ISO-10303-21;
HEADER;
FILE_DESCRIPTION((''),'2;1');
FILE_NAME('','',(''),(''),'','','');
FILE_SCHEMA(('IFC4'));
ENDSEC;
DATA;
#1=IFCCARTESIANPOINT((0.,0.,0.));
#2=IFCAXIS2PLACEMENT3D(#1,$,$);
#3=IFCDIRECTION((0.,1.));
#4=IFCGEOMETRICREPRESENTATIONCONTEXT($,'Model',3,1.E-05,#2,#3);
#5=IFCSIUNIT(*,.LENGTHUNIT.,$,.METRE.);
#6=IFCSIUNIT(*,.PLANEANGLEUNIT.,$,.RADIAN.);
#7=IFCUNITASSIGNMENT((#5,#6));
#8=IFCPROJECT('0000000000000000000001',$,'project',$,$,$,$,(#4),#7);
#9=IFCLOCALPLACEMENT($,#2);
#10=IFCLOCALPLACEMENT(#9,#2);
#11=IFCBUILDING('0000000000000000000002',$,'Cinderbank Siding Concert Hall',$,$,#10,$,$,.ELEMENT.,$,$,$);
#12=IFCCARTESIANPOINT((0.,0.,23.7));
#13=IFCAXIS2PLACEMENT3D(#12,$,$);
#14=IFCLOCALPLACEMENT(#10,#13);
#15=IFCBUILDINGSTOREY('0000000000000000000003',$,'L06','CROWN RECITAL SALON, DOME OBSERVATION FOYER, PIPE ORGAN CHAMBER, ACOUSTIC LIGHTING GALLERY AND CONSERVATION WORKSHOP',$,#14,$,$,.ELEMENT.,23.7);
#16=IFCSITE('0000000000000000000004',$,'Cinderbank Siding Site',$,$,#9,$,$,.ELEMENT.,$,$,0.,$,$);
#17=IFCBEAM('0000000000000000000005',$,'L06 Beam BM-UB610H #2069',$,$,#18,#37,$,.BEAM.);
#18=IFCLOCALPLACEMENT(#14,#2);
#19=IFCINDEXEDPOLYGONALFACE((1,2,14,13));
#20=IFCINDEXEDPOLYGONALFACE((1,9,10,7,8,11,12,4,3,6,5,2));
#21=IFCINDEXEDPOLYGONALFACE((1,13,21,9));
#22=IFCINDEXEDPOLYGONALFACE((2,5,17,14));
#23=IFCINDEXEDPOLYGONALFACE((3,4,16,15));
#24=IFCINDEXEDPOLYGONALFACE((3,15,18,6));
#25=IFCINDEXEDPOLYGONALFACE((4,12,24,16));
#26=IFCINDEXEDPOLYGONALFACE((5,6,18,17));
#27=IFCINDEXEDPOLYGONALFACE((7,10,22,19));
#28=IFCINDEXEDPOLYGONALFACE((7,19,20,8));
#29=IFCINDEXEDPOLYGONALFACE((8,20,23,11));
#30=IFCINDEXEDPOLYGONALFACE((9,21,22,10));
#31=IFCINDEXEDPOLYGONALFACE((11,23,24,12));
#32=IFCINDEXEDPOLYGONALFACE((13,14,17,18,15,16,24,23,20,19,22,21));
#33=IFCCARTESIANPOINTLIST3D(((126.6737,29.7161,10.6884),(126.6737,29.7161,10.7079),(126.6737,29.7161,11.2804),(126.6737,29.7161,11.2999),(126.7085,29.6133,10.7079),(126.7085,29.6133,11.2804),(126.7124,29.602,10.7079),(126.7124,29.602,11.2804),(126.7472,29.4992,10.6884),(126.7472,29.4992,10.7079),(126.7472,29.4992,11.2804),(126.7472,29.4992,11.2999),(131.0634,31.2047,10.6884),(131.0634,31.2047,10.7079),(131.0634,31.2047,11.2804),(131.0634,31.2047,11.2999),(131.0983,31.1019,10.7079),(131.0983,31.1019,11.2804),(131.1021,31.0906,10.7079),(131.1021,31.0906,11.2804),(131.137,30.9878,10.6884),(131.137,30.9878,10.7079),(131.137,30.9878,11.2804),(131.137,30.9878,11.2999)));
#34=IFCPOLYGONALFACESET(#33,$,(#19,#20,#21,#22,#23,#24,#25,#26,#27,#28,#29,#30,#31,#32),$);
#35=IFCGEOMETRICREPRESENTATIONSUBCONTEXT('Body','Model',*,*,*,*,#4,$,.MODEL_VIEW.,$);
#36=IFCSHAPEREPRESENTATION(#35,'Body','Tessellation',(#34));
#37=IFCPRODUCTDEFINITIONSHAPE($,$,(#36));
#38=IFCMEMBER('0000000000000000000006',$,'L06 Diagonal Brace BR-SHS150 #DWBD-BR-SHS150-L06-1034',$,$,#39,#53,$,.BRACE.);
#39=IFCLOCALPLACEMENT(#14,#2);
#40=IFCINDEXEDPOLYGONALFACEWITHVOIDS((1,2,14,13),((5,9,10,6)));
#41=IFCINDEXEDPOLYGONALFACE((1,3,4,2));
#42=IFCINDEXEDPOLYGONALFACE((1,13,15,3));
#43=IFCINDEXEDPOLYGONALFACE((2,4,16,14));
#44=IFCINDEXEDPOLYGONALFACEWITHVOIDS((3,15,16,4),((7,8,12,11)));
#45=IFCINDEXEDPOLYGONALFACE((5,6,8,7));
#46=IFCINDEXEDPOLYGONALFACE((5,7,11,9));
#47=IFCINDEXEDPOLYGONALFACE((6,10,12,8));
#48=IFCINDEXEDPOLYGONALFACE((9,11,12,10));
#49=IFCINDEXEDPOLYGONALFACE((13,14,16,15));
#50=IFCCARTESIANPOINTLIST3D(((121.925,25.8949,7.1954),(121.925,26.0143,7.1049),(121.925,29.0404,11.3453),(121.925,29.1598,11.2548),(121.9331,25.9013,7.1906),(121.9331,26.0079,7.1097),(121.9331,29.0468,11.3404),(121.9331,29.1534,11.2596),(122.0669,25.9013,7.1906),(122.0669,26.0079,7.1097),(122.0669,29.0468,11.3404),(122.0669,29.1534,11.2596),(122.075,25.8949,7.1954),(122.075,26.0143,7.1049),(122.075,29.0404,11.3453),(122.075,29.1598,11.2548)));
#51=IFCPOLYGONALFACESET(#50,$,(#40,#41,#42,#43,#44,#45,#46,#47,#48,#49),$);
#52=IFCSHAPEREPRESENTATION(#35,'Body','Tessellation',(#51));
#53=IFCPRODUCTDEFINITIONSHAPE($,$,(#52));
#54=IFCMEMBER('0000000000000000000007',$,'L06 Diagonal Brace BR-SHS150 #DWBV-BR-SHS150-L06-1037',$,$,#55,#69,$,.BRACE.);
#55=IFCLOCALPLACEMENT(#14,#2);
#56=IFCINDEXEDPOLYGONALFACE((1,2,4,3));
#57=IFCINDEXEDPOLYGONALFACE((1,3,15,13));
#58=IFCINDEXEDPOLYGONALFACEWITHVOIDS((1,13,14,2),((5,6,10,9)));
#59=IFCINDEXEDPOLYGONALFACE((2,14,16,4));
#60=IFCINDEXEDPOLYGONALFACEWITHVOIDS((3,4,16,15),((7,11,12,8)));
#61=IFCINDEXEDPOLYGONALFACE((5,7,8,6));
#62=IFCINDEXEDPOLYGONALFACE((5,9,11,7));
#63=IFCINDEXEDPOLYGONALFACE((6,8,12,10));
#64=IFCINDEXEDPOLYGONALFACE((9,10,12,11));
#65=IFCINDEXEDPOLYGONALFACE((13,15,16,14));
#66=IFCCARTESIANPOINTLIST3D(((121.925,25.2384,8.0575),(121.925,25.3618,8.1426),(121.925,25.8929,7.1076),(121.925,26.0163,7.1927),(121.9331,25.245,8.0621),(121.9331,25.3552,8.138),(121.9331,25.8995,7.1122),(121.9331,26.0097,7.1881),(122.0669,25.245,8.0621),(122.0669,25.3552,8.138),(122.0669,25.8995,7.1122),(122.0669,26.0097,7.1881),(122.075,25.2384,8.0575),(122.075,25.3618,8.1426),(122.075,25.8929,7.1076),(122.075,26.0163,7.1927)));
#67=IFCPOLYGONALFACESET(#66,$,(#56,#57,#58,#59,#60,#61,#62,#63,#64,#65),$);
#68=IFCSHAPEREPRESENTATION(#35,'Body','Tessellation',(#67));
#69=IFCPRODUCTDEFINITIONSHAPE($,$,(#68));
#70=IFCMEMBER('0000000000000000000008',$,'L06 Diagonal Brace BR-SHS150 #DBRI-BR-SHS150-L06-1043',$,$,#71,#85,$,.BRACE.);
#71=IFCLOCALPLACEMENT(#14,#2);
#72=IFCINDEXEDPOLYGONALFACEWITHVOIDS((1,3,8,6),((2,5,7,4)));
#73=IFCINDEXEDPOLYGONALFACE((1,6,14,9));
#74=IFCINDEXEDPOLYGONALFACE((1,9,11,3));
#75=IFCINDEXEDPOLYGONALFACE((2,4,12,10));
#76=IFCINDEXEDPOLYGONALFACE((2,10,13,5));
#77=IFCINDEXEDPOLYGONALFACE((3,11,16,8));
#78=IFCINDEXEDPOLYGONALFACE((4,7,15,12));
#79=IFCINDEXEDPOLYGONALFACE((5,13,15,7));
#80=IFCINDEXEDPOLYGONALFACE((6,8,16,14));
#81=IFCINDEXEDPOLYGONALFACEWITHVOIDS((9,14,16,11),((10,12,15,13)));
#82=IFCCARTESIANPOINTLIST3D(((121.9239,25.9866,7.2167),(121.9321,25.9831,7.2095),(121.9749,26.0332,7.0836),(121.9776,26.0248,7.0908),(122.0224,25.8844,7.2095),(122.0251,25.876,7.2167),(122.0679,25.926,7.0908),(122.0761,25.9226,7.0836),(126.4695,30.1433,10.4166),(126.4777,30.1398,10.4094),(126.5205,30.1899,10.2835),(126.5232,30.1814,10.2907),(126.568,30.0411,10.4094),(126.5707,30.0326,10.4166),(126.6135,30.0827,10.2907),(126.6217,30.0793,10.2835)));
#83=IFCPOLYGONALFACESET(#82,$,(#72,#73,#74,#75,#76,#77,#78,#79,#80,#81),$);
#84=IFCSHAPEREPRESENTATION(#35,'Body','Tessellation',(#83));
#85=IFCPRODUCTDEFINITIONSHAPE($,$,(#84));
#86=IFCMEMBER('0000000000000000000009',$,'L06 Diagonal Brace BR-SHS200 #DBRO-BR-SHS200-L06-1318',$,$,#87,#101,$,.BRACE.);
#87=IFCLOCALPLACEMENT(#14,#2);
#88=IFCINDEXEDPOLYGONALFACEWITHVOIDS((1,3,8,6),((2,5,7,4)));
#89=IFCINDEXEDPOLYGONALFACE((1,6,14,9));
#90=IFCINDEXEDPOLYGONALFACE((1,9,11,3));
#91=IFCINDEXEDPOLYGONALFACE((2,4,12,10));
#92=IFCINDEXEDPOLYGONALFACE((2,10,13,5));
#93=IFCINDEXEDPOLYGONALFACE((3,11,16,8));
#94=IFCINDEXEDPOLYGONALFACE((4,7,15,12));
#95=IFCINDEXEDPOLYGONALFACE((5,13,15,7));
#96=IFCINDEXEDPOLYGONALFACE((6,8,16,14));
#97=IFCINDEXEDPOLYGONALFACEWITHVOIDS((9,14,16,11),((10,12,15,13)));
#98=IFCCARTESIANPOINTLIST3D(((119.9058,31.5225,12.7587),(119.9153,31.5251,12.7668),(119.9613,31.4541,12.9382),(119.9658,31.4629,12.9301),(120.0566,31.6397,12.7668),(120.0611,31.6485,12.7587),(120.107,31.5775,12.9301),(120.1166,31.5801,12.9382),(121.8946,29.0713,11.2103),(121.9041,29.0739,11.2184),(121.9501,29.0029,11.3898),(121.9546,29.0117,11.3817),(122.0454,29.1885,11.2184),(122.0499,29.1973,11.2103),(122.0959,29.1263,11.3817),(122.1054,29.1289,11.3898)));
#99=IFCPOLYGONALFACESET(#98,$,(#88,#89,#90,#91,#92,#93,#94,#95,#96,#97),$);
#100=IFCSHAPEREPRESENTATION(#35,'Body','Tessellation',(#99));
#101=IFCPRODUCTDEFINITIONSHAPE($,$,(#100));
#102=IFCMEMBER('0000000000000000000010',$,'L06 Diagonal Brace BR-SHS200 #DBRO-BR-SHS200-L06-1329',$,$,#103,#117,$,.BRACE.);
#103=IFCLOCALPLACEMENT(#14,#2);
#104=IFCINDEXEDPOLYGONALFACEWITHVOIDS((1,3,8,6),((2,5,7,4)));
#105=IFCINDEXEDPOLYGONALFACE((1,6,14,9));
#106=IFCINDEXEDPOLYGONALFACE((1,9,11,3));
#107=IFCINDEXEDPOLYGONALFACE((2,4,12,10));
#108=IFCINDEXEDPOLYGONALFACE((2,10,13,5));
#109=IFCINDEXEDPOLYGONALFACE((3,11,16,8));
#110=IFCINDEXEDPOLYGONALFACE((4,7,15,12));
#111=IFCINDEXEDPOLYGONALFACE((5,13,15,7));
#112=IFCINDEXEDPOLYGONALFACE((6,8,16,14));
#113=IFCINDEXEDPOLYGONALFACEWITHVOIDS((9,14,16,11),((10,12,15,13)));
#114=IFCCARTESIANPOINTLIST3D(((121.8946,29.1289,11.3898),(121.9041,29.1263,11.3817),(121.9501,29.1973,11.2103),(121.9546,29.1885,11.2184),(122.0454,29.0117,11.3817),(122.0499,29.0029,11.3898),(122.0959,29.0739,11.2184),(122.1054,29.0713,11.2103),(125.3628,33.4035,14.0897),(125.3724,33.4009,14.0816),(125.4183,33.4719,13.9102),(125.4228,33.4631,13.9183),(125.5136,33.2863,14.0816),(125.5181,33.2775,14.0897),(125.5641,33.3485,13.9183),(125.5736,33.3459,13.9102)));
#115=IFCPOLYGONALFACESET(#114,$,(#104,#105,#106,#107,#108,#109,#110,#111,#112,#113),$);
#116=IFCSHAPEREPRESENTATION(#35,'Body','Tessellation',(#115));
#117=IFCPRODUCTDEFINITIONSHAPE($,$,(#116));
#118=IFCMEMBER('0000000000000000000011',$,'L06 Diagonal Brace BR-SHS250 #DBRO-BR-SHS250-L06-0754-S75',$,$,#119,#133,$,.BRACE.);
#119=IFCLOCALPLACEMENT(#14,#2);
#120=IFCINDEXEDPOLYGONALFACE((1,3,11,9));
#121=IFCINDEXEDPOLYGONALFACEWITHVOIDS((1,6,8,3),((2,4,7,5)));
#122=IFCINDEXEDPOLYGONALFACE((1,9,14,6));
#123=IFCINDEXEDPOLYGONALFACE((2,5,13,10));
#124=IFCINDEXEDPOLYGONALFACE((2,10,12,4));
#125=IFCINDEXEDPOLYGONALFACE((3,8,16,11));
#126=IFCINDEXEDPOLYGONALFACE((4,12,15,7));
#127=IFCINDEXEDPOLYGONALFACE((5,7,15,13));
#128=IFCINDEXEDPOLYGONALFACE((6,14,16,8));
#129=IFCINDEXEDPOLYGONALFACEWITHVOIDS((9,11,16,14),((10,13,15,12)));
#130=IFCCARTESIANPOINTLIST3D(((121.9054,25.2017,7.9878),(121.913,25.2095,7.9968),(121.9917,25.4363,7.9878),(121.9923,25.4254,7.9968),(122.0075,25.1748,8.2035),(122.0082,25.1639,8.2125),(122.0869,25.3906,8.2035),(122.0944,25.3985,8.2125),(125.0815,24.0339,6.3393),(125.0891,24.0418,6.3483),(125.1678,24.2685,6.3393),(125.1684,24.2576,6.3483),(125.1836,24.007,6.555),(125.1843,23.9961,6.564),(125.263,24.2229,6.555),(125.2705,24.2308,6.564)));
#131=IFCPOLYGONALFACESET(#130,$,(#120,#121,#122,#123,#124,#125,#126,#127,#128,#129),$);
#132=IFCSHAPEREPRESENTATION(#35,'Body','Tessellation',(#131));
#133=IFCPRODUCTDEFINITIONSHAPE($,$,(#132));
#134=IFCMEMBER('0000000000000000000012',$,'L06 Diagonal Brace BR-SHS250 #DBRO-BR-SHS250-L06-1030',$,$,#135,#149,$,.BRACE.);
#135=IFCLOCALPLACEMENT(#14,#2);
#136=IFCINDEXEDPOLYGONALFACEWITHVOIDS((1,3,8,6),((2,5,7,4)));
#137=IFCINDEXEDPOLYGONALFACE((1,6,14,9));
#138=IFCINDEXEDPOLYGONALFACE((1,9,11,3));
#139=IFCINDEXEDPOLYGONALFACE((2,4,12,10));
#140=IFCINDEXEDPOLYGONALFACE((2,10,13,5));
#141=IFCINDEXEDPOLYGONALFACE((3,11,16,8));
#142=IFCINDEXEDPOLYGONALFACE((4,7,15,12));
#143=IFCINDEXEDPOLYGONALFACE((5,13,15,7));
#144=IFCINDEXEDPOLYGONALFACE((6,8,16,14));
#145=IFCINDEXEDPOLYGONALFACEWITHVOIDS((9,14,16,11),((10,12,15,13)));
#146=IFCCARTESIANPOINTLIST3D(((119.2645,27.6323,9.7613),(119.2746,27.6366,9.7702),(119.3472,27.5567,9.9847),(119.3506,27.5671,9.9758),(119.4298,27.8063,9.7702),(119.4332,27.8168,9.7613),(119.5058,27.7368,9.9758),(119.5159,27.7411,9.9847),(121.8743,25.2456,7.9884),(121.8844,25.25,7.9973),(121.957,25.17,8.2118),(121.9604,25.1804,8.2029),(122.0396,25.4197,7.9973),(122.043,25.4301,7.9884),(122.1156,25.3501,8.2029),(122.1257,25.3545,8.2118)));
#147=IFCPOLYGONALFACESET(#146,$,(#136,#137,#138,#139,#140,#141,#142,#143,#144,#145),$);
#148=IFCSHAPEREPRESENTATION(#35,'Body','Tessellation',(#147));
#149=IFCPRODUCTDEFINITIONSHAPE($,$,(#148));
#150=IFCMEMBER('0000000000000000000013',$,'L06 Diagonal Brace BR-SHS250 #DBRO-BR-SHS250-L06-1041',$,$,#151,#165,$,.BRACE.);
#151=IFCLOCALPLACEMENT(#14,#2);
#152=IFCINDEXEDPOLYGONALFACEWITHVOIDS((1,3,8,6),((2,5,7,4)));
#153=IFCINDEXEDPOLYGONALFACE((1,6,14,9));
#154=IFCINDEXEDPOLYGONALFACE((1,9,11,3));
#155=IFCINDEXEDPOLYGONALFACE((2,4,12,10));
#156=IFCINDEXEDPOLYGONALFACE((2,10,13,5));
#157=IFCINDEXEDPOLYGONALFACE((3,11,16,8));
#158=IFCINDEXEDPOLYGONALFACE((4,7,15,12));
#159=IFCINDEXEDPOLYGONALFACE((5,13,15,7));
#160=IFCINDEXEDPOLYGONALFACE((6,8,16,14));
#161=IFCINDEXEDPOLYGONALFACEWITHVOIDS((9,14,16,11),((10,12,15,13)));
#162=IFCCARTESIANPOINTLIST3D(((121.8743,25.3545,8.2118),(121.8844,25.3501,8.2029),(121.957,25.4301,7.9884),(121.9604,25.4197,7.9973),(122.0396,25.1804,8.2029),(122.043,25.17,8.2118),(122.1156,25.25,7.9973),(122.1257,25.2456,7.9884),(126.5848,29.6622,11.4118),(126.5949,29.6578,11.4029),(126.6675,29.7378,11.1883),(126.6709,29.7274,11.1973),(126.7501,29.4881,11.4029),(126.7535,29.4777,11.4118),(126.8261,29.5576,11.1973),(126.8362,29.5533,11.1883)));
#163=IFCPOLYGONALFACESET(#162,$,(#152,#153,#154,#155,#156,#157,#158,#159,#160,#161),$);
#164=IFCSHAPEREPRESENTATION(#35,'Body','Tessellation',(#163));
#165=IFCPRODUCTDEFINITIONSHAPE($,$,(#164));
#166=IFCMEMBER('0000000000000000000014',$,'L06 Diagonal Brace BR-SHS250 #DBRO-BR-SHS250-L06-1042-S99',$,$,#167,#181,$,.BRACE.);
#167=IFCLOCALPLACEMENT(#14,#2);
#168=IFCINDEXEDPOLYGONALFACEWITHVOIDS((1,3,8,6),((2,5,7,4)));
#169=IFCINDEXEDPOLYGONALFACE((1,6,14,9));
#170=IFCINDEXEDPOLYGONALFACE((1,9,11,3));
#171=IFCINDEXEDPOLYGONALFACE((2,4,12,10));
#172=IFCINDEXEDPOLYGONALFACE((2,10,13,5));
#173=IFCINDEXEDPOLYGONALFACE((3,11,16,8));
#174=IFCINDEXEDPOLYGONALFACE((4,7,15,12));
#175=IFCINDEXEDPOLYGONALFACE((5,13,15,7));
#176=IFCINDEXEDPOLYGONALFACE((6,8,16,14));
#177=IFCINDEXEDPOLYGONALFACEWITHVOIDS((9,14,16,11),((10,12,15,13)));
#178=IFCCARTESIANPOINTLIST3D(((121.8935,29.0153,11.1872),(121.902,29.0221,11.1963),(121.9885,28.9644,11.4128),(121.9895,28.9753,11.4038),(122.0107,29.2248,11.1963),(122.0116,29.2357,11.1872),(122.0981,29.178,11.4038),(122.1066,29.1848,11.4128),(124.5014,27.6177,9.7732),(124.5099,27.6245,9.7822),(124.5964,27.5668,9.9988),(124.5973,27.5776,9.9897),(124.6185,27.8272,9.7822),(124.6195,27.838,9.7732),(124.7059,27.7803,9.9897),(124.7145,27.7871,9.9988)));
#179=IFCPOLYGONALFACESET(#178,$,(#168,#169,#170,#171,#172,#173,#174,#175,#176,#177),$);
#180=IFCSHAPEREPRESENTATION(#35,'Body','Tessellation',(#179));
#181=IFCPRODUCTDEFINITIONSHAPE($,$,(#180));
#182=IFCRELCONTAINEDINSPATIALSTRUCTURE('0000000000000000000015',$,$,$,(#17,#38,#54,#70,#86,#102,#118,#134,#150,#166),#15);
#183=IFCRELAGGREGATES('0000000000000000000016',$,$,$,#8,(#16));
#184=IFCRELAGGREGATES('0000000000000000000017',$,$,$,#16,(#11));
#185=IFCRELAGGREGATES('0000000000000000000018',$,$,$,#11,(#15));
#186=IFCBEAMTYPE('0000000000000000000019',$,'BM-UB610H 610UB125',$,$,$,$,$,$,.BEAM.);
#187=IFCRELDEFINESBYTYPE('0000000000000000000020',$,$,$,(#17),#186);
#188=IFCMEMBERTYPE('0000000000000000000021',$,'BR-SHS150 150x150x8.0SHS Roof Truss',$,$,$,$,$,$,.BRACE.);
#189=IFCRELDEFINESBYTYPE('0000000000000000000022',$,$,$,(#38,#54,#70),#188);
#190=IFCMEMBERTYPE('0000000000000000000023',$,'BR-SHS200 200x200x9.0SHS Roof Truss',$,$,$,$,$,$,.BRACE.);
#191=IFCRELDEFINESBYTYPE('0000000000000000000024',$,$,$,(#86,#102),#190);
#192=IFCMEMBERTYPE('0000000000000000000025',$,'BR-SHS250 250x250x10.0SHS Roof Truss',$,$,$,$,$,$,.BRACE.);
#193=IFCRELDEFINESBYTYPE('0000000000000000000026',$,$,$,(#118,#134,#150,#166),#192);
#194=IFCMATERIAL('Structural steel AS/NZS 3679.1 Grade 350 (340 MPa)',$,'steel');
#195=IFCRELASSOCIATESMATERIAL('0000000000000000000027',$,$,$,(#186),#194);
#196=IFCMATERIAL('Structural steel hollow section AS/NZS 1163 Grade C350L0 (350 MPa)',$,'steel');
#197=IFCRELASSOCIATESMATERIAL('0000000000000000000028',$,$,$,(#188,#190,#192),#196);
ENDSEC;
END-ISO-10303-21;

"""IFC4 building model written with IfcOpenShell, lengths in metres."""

from ifc_helpers import new_model, si_unit, direction, frame, origin, origin_2d, place, context, subcontext, project, spatial, hollow_rectangle, i_section, extrude, material, material_profile, profile_set, type_object, element, save


model = new_model("IFC4")

# Units and contexts
model_context = context("Model", 3, precision=1e-05, world=origin(), true_north=direction((0.0, 1.0)))
body_context = subcontext(model_context, "Body", "Model", "MODEL_VIEW")
ifc_project = project(units=[si_unit("LENGTHUNIT", "METRE"), si_unit("PLANEANGLEUNIT", "RADIAN")], contexts=[model_context])

# Site, building, storey
site_placement = place(None, origin())
site = spatial("IfcSite", under=ifc_project, at=site_placement, Name="Cinderbank Siding Site", CompositionType="ELEMENT", RefElevation=0.0)
building_placement = place(site_placement, origin())
building = spatial("IfcBuilding", under=site, at=building_placement, Name="Cinderbank Siding Concert Hall", CompositionType="ELEMENT")
storey_placement = place(building_placement, frame((0.0, 0.0, 23.7)))
storey = spatial("IfcBuildingStorey", under=building, at=storey_placement, Name="L06", Description="CROWN RECITAL SALON, DOME OBSERVATION FOYER, PIPE ORGAN CHAMBER, ACOUSTIC LIGHTING GALLERY AND CONSERVATION WORKSHOP", CompositionType="ELEMENT", Elevation=23.7)

# Beam
ifc_material_1 = material(Name="Structural steel AS/NZS 3679.1 Grade 350 (340 MPa)", Category="steel")
ifc_material_profile_1 = material_profile(ifc_material_1, i_section(OverallWidth=0.229, OverallDepth=0.6116, WebThickness=0.012, FlangeThickness=0.0195, at=origin_2d()), Name="610UB125", Category="LoadBearing")
ifc_profile_set_1 = profile_set([ifc_material_profile_1], Name="Structural steel AS/NZS 3679.1 Grade 350 (340 MPa)")
beam_type = type_object("IfcBeamType", Name="BM-UB610H 610UB125", PredefinedType="BEAM", material=ifc_profile_set_1)
beam_placement = place(storey_placement, frame((126.7104, 29.6077, 10.9941), z_axis=(0.947032, 0.321138, 0.0), x_axis=(-0.321138, 0.947032, 0.0)))
element("IfcBeam", 1, at=beam_placement, inside=storey, type_object=beam_type, Name="L06 Beam BM-UB610H #2069", PredefinedType="BEAM", context=body_context, shape_type="SweptSolid", body=[
    extrude(i_section(OverallWidth=0.229, OverallDepth=0.6116, WebThickness=0.012, FlangeThickness=0.0195, at=origin_2d()), origin(), (0.0, 0.0, 1.0), 4.6353),
])

# Members
ifc_material_2 = material(Name="Structural steel hollow section AS/NZS 1163 Grade C350L0 (350 MPa)", Category="steel")
ifc_material_profile_2 = material_profile(ifc_material_2, hollow_rectangle(XDim=0.1499, YDim=0.1499, WallThickness=0.0081, at=origin_2d()), Name="150x150x8.0SHS", Category="LoadBearing")
ifc_profile_set_2 = profile_set([ifc_material_profile_2], Name="Structural steel hollow section AS/NZS 1163 Grade C350L0 (350 MPa)")
member_type_1 = type_object("IfcMemberType", Name="BR-SHS150 150x150x8.0SHS Roof Truss", PredefinedType="BRACE", material=ifc_profile_set_2)
member_1_placement = place(storey_placement, frame((122.0, 25.9546, 7.1501), z_axis=(0.0, 0.604058, 0.79694), x_axis=(-1.0, 0.0, 0.0)))
element("IfcMember", 2, at=member_1_placement, inside=storey, type_object=member_type_1, Name="L06 Diagonal Brace BR-SHS150 #DWBD-BR-SHS150-L06-1034", PredefinedType="BRACE", context=body_context, shape_type="SweptSolid", body=[
    extrude(hollow_rectangle(XDim=0.1499, YDim=0.1499, WallThickness=0.0081, at=origin_2d()), origin(), (0.0, 0.0, 1.0), 5.2073),
])
member_2_placement = place(storey_placement, frame((122.0, 25.9546, 7.1501), z_axis=(0.0, -0.567382, 0.823455), x_axis=(1.0, 0.0, 0.0)))
element("IfcMember", 3, at=member_2_placement, inside=storey, type_object=member_type_1, Name="L06 Diagonal Brace BR-SHS150 #DWBV-BR-SHS150-L06-1037", PredefinedType="BRACE", context=body_context, shape_type="SweptSolid", body=[
    extrude(hollow_rectangle(XDim=0.1499, YDim=0.1499, WallThickness=0.0081, at=origin_2d()), origin(), (0.0, 0.0, 1.0), 1.1536),
])
member_3_placement = place(storey_placement, frame((122.0, 25.9546, 7.1501), z_axis=(0.654874, 0.598845, 0.461004), x_axis=(-0.674832, 0.737971, 0.0)))
element("IfcMember", 4, at=member_3_placement, inside=storey, type_object=member_type_1, Name="L06 Diagonal Brace BR-SHS150 #DBRI-BR-SHS150-L06-1043", PredefinedType="BRACE", context=body_context, shape_type="SweptSolid", body=[
    extrude(hollow_rectangle(XDim=0.1499, YDim=0.1499, WallThickness=0.0081, at=origin_2d()), origin(), (0.0, 0.0, 1.0), 6.9412),
])
ifc_material_profile_3 = material_profile(ifc_material_2, hollow_rectangle(XDim=0.2, YDim=0.2, WallThickness=0.009, at=origin_2d()), Name="200x200x9.0SHS", Category="LoadBearing")
ifc_profile_set_3 = profile_set([ifc_material_profile_3], Name="Structural steel hollow section AS/NZS 1163 Grade C350L0 (350 MPa)")
member_type_2 = type_object("IfcMemberType", Name="BR-SHS200 200x200x9.0SHS Roof Truss", PredefinedType="BRACE", material=ifc_profile_set_3)
member_4_placement = place(storey_placement, frame((122.0, 29.1001, 11.3), z_axis=(-0.565667, 0.697189, 0.440396), x_axis=(-0.776549, -0.630057, 0.0)))
element("IfcMember", 5, at=member_4_placement, inside=storey, type_object=member_type_2, Name="L06 Diagonal Brace BR-SHS200 #DBRO-BR-SHS200-L06-1318", PredefinedType="BRACE", context=body_context, shape_type="SweptSolid", body=[
    extrude(hollow_rectangle(XDim=0.2, YDim=0.2, WallThickness=0.009, at=origin_2d()), origin(), (0.0, 0.0, 1.0), 3.5159),
])
member_5_placement = place(storey_placement, frame((122.0, 29.1001, 11.3), z_axis=(0.565677, 0.697201, 0.440365), x_axis=(-0.776549, 0.630057, 0.0)))
element("IfcMember", 6, at=member_5_placement, inside=storey, type_object=member_type_2, Name="L06 Diagonal Brace BR-SHS200 #DBRO-BR-SHS200-L06-1329", PredefinedType="BRACE", context=body_context, shape_type="SweptSolid", body=[
    extrude(hollow_rectangle(XDim=0.2, YDim=0.2, WallThickness=0.009, at=origin_2d()), origin(), (0.0, 0.0, 1.0), 6.1311),
])
ifc_material_profile_4 = material_profile(ifc_material_2, hollow_rectangle(XDim=0.25, YDim=0.25, WallThickness=0.01, at=origin_2d()), Name="250x250x10.0SHS", Category="LoadBearing")
ifc_profile_set_4 = profile_set([ifc_material_profile_4], Name="Structural steel hollow section AS/NZS 1163 Grade C350L0 (350 MPa)")
member_type_3 = type_object("IfcMemberType", Name="BR-SHS250 250x250x10.0SHS Roof Truss", PredefinedType="BRACE", material=ifc_profile_set_4)
member_6_placement = place(storey_placement, frame((125.176, 24.1323, 6.4517), z_axis=(-0.843779, 0.310231, 0.437943), x_axis=(-0.345083, -0.938572, 0.0)))
element("IfcMember", 7, at=member_6_placement, inside=storey, type_object=member_type_3, Name="L06 Diagonal Brace BR-SHS250 #DBRO-BR-SHS250-L06-0754-S75", PredefinedType="BRACE", context=body_context, shape_type="SweptSolid", body=[
    extrude(hollow_rectangle(XDim=0.25, YDim=0.25, WallThickness=0.01, at=origin_2d()), origin(), (0.0, 0.0, 1.0), 3.7642),
])
member_7_placement = place(storey_placement, frame((122.0, 25.3, 8.1001), z_axis=(-0.659697, 0.603293, 0.44815), x_axis=(-0.674855, -0.73795, 0.0)))
element("IfcMember", 8, at=member_7_placement, inside=storey, type_object=member_type_3, Name="L06 Diagonal Brace BR-SHS250 #DBRO-BR-SHS250-L06-1030", PredefinedType="BRACE", context=body_context, shape_type="SweptSolid", body=[
    extrude(hollow_rectangle(XDim=0.25, YDim=0.25, WallThickness=0.01, at=origin_2d()), origin(), (0.0, 0.0, 1.0), 3.9561),
])
member_8_placement = place(storey_placement, frame((122.0, 25.3, 8.1001), z_axis=(0.659701, 0.603284, 0.448155), x_axis=(-0.674848, 0.737957, 0.0)))
element("IfcMember", 9, at=member_8_placement, inside=storey, type_object=member_type_3, Name="L06 Diagonal Brace BR-SHS250 #DBRO-BR-SHS250-L06-1041", PredefinedType="BRACE", context=body_context, shape_type="SweptSolid", body=[
    extrude(hollow_rectangle(XDim=0.25, YDim=0.25, WallThickness=0.01, at=origin_2d()), origin(), (0.0, 0.0, 1.0), 7.1404),
])
member_9_placement = place(storey_placement, frame((124.6079, 27.7024, 9.886), z_axis=(-0.795244, 0.42621, 0.431198), x_axis=(-0.472382, -0.881394, 0.0)))
element("IfcMember", 10, at=member_9_placement, inside=storey, type_object=member_type_3, Name="L06 Diagonal Brace BR-SHS250 #DBRO-BR-SHS250-L06-1042-S99", PredefinedType="BRACE", context=body_context, shape_type="SweptSolid", body=[
    extrude(hollow_rectangle(XDim=0.25, YDim=0.25, WallThickness=0.01, at=origin_2d()), origin(), (0.0, 0.0, 1.0), 3.2793),
])

save(model, "model.ifc")
